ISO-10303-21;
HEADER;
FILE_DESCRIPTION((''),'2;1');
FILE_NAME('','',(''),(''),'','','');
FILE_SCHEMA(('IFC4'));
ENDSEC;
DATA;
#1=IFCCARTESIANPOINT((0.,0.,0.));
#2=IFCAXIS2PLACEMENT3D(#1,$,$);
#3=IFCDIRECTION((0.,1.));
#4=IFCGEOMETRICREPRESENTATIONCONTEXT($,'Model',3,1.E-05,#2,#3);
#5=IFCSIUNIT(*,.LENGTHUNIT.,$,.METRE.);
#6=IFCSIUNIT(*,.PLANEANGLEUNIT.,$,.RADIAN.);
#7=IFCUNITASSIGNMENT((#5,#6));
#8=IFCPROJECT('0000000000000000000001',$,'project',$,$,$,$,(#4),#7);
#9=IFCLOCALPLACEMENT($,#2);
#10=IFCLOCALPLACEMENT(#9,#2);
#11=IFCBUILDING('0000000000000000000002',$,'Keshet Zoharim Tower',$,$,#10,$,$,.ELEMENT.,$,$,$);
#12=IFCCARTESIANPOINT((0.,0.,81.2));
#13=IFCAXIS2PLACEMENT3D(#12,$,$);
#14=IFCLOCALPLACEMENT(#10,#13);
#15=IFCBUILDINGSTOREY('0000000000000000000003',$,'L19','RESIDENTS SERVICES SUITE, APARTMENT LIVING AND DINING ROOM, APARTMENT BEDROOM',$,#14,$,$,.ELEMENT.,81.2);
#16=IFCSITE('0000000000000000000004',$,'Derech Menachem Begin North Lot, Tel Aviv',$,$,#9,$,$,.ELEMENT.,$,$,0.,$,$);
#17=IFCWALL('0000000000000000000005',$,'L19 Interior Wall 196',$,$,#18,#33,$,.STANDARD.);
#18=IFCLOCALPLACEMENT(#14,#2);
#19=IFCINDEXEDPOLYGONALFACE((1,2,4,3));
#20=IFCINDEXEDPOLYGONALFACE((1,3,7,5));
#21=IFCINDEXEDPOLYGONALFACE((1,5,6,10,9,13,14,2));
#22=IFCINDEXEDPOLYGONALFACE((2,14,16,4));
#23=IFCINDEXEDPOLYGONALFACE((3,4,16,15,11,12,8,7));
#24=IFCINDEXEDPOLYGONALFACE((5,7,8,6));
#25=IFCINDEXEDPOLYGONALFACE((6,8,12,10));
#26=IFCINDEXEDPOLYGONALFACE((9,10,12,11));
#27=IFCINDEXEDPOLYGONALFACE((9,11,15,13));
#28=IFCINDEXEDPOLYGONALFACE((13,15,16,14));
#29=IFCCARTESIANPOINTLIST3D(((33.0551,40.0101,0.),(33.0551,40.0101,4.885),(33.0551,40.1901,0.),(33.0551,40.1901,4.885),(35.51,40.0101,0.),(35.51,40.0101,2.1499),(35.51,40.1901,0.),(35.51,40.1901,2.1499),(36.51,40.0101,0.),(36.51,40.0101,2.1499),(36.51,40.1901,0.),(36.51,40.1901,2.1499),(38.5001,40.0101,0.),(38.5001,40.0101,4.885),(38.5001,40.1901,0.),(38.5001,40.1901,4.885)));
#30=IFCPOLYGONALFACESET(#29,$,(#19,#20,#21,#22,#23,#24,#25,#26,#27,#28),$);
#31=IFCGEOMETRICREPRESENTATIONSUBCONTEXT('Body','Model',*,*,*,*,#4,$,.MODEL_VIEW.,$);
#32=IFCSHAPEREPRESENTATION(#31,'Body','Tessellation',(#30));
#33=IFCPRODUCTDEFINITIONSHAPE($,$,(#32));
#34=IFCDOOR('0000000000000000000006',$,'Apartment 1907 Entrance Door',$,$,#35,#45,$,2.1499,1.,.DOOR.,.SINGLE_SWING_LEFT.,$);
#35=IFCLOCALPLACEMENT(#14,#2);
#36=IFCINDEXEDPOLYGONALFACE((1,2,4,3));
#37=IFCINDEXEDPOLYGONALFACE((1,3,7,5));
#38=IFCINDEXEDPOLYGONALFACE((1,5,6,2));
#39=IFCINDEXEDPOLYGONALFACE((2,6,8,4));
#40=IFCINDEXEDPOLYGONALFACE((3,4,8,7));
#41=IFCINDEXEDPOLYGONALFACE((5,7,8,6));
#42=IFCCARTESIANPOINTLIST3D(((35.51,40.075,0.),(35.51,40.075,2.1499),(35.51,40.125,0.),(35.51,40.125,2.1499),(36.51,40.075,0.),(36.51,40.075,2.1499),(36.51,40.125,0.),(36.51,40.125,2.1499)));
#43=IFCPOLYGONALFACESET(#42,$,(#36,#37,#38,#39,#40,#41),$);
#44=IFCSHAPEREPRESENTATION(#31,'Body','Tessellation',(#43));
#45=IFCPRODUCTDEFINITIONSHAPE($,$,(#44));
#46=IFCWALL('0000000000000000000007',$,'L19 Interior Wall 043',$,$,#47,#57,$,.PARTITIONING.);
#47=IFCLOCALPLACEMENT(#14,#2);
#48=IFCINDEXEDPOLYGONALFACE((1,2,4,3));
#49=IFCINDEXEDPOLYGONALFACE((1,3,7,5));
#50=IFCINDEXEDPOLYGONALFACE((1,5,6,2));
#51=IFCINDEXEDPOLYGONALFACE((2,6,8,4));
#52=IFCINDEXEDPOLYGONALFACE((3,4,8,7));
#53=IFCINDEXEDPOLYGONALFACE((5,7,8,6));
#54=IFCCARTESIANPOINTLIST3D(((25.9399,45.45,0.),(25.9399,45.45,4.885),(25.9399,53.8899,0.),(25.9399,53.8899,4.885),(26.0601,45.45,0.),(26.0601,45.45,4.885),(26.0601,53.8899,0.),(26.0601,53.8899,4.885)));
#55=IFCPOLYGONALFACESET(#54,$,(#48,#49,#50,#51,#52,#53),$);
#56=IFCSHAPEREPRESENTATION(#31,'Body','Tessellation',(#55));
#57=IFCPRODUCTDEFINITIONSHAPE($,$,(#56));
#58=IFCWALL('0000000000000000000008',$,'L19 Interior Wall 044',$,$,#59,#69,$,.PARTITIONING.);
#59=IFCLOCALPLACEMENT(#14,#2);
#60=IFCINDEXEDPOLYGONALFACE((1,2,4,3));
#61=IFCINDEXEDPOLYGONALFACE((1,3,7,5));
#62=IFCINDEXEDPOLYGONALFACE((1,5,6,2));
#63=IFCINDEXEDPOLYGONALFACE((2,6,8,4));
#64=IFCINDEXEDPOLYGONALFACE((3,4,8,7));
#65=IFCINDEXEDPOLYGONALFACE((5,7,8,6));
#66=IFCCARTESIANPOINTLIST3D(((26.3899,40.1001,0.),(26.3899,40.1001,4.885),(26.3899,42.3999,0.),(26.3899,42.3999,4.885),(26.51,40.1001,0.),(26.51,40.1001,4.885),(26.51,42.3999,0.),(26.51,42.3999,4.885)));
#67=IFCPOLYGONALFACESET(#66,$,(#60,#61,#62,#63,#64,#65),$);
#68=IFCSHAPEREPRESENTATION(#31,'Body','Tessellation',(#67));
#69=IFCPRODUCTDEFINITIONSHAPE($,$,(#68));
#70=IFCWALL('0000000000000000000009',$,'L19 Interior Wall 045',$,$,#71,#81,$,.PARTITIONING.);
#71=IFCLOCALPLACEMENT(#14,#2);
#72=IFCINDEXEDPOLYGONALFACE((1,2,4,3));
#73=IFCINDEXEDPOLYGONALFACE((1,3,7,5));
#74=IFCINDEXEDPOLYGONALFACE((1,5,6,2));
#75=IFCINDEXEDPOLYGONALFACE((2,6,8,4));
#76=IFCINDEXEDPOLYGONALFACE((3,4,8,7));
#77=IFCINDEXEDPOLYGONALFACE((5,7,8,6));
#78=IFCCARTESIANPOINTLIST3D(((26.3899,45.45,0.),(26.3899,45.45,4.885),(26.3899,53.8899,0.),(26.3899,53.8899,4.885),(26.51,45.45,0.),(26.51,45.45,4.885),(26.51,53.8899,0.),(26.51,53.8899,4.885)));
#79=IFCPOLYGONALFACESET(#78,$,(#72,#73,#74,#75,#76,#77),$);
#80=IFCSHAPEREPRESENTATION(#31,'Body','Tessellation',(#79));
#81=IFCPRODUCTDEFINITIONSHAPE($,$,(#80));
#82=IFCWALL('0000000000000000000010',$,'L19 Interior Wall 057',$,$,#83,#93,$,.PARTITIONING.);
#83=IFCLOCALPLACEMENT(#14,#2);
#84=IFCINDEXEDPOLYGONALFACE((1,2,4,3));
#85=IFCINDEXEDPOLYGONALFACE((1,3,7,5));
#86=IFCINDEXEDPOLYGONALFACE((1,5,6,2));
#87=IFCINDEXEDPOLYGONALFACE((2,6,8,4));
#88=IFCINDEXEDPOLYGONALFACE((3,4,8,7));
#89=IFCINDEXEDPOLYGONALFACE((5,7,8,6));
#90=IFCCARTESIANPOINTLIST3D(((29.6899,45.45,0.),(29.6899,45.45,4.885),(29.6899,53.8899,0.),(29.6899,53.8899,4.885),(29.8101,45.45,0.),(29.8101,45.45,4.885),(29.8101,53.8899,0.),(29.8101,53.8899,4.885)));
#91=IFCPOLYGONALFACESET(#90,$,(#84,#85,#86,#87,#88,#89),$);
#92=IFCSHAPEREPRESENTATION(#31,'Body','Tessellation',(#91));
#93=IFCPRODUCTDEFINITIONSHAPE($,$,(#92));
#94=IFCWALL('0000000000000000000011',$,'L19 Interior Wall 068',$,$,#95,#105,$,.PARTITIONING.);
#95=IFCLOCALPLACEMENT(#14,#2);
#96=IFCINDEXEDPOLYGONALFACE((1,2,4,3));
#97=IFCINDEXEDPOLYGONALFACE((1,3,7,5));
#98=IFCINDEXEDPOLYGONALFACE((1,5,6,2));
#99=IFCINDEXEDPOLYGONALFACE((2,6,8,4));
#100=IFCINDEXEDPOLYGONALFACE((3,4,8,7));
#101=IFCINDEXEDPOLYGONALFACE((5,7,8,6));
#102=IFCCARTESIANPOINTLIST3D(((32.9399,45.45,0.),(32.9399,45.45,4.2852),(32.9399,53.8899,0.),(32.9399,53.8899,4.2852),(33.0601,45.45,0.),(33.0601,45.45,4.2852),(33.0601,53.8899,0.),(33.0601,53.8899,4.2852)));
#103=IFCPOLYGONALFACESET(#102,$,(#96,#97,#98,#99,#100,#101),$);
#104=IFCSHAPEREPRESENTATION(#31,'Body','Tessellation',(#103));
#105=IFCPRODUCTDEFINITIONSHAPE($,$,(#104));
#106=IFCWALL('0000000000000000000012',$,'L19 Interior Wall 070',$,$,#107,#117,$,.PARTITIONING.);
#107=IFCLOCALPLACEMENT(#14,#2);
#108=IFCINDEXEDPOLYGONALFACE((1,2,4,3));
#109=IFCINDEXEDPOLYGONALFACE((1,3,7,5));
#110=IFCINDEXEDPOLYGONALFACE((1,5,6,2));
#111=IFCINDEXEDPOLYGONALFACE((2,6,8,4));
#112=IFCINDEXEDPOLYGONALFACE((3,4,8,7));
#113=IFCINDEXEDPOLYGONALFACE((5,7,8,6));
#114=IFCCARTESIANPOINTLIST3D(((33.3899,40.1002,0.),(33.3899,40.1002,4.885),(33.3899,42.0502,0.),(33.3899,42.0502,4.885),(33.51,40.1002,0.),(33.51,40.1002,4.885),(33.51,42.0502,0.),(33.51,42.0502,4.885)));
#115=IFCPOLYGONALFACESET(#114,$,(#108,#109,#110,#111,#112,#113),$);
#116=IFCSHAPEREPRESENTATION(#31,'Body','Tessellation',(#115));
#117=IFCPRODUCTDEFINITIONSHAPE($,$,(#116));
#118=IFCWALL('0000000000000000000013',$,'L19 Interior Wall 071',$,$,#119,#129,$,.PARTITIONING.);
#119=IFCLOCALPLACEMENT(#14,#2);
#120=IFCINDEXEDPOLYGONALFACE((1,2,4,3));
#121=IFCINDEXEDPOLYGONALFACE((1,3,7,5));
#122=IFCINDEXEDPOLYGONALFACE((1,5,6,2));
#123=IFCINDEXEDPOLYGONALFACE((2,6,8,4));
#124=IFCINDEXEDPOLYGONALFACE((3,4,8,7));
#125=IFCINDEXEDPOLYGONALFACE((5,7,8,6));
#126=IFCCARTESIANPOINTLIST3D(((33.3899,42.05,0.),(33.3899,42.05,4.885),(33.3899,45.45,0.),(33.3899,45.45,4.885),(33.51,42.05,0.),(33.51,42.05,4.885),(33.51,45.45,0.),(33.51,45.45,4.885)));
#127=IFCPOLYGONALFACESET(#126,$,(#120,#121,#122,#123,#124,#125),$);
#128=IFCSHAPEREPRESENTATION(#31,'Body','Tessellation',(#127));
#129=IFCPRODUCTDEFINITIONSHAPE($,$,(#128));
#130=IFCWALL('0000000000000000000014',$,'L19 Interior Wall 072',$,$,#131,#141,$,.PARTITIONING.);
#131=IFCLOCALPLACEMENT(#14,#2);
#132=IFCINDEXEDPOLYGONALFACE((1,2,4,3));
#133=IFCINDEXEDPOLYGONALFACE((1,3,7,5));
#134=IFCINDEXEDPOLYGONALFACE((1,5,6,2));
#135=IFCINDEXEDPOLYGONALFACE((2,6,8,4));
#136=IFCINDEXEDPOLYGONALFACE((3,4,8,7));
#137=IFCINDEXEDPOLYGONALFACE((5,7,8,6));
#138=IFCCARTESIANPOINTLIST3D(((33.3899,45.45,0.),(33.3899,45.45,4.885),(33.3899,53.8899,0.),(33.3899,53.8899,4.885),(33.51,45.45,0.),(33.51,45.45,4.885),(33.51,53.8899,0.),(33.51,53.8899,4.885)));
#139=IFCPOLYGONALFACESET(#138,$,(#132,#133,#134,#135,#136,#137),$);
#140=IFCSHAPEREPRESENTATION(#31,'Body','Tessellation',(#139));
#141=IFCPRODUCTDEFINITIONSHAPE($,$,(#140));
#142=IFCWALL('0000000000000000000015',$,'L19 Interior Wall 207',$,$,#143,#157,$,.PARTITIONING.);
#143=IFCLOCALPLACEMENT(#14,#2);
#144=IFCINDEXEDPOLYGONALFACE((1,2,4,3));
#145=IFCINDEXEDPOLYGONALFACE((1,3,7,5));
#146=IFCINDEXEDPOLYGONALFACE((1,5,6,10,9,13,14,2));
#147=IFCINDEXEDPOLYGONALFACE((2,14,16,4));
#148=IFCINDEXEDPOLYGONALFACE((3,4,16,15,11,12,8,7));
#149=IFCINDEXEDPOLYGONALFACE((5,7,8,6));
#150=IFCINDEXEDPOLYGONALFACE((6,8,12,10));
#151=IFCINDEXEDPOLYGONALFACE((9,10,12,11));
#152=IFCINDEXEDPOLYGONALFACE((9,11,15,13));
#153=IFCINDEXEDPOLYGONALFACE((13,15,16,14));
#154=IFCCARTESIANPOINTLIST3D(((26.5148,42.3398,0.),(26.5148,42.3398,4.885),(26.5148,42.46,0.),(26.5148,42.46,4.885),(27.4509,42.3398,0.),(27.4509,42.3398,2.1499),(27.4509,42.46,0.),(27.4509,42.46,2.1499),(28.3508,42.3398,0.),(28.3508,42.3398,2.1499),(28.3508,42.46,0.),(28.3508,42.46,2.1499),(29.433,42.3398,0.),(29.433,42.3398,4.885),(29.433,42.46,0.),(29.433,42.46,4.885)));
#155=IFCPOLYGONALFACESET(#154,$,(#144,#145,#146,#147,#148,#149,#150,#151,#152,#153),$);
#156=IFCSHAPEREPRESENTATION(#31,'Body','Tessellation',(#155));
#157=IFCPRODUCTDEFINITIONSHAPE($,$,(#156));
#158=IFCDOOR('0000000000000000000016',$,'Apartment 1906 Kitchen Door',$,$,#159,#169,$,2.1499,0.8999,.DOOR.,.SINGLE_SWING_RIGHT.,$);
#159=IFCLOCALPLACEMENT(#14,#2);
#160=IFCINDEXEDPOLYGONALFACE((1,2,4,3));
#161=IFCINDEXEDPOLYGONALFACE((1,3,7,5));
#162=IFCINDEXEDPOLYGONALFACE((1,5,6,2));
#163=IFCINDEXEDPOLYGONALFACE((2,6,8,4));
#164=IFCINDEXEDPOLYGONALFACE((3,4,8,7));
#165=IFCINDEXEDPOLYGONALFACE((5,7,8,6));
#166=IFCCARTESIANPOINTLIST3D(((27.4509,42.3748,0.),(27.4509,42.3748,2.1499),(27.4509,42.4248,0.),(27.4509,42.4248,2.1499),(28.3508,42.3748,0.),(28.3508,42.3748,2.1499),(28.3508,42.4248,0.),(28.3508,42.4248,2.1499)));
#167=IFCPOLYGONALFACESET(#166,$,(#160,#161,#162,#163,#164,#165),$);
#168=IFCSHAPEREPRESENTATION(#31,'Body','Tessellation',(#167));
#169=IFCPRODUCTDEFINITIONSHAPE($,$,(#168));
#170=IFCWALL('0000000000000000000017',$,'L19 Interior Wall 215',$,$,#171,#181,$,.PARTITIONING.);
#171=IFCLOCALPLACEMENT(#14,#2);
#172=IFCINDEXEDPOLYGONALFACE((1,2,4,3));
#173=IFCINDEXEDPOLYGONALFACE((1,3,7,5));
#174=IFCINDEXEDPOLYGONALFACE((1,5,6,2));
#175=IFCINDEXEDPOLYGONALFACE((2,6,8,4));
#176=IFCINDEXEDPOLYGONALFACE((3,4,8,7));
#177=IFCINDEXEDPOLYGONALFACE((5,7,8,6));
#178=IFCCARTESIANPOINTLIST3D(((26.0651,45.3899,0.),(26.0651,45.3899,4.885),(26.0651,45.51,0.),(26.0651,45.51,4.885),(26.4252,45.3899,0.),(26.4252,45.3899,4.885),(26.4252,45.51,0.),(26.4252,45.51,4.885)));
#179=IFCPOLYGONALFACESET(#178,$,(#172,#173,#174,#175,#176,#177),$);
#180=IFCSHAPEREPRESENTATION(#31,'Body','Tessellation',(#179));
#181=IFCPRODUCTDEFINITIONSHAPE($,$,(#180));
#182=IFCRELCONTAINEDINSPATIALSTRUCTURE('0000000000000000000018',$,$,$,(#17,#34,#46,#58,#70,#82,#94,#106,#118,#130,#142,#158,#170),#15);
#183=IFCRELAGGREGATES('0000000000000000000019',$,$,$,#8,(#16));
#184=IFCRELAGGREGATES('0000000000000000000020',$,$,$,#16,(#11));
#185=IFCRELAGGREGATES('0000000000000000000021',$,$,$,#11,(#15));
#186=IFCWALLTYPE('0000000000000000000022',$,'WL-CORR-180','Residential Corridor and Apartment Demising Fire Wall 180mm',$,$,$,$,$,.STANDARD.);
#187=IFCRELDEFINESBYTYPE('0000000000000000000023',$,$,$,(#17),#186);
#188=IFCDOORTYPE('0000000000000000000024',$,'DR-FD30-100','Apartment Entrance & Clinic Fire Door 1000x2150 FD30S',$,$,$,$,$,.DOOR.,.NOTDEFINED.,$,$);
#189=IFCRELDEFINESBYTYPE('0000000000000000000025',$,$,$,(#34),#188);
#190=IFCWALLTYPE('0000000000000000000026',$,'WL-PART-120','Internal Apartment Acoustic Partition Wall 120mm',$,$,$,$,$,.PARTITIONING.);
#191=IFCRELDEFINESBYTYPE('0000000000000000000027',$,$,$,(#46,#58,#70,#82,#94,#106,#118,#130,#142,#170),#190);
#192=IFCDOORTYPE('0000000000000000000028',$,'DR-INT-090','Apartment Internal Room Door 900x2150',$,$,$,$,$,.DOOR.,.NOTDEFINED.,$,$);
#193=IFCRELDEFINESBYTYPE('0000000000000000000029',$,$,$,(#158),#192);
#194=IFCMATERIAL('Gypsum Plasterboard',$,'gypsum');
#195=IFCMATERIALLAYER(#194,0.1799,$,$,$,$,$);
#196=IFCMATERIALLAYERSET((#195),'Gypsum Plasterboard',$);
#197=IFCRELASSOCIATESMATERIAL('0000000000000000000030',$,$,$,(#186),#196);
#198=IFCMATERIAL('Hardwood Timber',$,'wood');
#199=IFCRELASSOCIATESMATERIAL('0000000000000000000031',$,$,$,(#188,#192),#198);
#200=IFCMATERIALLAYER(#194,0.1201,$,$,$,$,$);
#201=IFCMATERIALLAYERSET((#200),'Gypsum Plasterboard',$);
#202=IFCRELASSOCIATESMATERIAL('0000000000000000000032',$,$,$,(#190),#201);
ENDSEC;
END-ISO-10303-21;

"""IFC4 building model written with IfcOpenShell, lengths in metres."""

from ifc_helpers import new_model, si_unit, direction, frame, frame_2d, origin, place, context, subcontext, project, spatial, rectangle, extrude, material, layer, layer_set, type_object, element, fill, save


model = new_model("IFC4")

# Units and contexts
model_context = context("Model", 3, precision=1e-05, world=origin(), true_north=direction((0.0, 1.0)))
body_context = subcontext(model_context, "Body", "Model", "MODEL_VIEW")
ifc_project = project(units=[si_unit("LENGTHUNIT", "METRE"), si_unit("PLANEANGLEUNIT", "RADIAN")], contexts=[model_context])

# Site, building, storey
site_placement = place(None, origin())
site = spatial("IfcSite", under=ifc_project, at=site_placement, Name="Derech Menachem Begin North Lot, Tel Aviv", CompositionType="ELEMENT", RefElevation=0.0)
building_placement = place(site_placement, origin())
building = spatial("IfcBuilding", under=site, at=building_placement, Name="Keshet Zoharim Tower", CompositionType="ELEMENT")
storey_placement = place(building_placement, frame((0.0, 0.0, 81.2)))
storey = spatial("IfcBuildingStorey", under=building, at=storey_placement, Name="L19", Description="RESIDENTS SERVICES SUITE, APARTMENT LIVING AND DINING ROOM, APARTMENT BEDROOM", CompositionType="ELEMENT", Elevation=81.2)

# Shared definitions
ifc_material_1 = material(Name="Gypsum Plasterboard", Category="gypsum")
ifc_layer_1 = layer(ifc_material_1, 0.1799)
ifc_layer_set_1 = layer_set([ifc_layer_1], Name="Gypsum Plasterboard")
wall_type_1 = type_object("IfcWallType", Name="WL-CORR-180", Description="Residential Corridor and Apartment Demising Fire Wall 180mm", PredefinedType="STANDARD", material=ifc_layer_set_1)

# Wall, opening, door
wall_1_placement = place(storey_placement, frame((33.0549, 40.1001, 0.0), z_axis=(0.0, 0.0, 1.0), x_axis=(1.0, 0.0, 0.0)))
wall_1 = element("IfcWall", 1, at=wall_1_placement, inside=storey, type_object=wall_type_1, Name="L19 Interior Wall 196", PredefinedType="STANDARD", context=body_context, shape_type="SweptSolid", body=[
    extrude(rectangle(XDim=5.4451, YDim=0.1799, at=frame_2d((2.7227, 0.0))), origin(), (0.0, 0.0, 1.0), 4.885),
])
opening_1_placement = place(wall_1_placement, frame((2.4551, 0.0, 0.0)))
opening_1 = element("IfcOpeningElement", 2, at=opening_1_placement, cuts=wall_1, PredefinedType="OPENING", context=body_context, shape_type="SweptSolid", body=[
    extrude(rectangle(XDim=1.0, YDim=2.1499, at=frame_2d((0.5, 1.075))), frame((0.0, 0.1001, 0.0), z_axis=(0.0, -1.0, 0.0), x_axis=(1.0, 0.0, 0.0)), (0.0, 0.0, 1.0), 0.2),
])
ifc_material_2 = material(Name="Hardwood Timber", Category="wood")
door_type_1 = type_object("IfcDoorType", Name="DR-FD30-100", Description="Apartment Entrance & Clinic Fire Door 1000x2150 FD30S", OperationType="NOTDEFINED", PredefinedType="DOOR", material=ifc_material_2)
door_1_placement = place(opening_1_placement, origin())
door_1 = element("IfcDoor", 3, at=door_1_placement, inside=storey, type_object=door_type_1, Name="Apartment 1907 Entrance Door", OperationType="SINGLE_SWING_LEFT", OverallHeight=2.1499, OverallWidth=1.0, PredefinedType="DOOR", context=body_context, shape_type="SweptSolid", body=[
    extrude(rectangle(XDim=1.0, YDim=2.1499, at=frame_2d((0.5, 1.075))), frame((0.0, 0.0249, 0.0), z_axis=(0.0, -1.0, 0.0), x_axis=(1.0, 0.0, 0.0)), (0.0, 0.0, 1.0), 0.05),
])
fill(opening_1, door_1)

# Walls
ifc_layer_2 = layer(ifc_material_1, 0.1201)
ifc_layer_set_2 = layer_set([ifc_layer_2], Name="Gypsum Plasterboard")
wall_type_2 = type_object("IfcWallType", Name="WL-PART-120", Description="Internal Apartment Acoustic Partition Wall 120mm", PredefinedType="PARTITIONING", material=ifc_layer_set_2)
wall_2_placement = place(storey_placement, frame((26.0, 45.45, 0.0), z_axis=(0.0, 0.0, 1.0), x_axis=(0.0, 1.0, 0.0)))
element("IfcWall", 4, at=wall_2_placement, inside=storey, type_object=wall_type_2, Name="L19 Interior Wall 043", PredefinedType="PARTITIONING", context=body_context, shape_type="SweptSolid", body=[
    extrude(rectangle(XDim=8.4399, YDim=0.1201, at=frame_2d((4.22, 0.0))), origin(), (0.0, 0.0, 1.0), 4.885),
])
wall_3_placement = place(storey_placement, frame((26.45, 40.1001, 0.0), z_axis=(0.0, 0.0, 1.0), x_axis=(0.0, 1.0, 0.0)))
element("IfcWall", 5, at=wall_3_placement, inside=storey, type_object=wall_type_2, Name="L19 Interior Wall 044", PredefinedType="PARTITIONING", context=body_context, shape_type="SweptSolid", body=[
    extrude(rectangle(XDim=2.2998, YDim=0.1201, at=frame_2d((1.1499, 0.0))), origin(), (0.0, 0.0, 1.0), 4.885),
])
for number, where, z_axis, x_axis, name in (
    (6, (26.45, 45.45, 0.0), (0.0, 0.0, 1.0), (0.0, 1.0, 0.0), "L19 Interior Wall 045"),
    (7, (29.75, 45.45, 0.0), (0.0, 0.0, 1.0), (0.0, 1.0, 0.0), "L19 Interior Wall 057"),
):
    element("IfcWall", number, at=place(storey_placement, frame(where, z_axis=z_axis, x_axis=x_axis)), inside=storey, type_object=wall_type_2, Name=name, PredefinedType="PARTITIONING", context=body_context, shape_type="SweptSolid", body=[
        extrude(rectangle(XDim=8.4399, YDim=0.1201, at=frame_2d((4.22, 0.0))), origin(), (0.0, 0.0, 1.0), 4.885),
    ])
wall_4_placement = place(storey_placement, frame((33.0, 45.45, 0.0), z_axis=(0.0, 0.0, 1.0), x_axis=(0.0, 1.0, 0.0)))
element("IfcWall", 8, at=wall_4_placement, inside=storey, type_object=wall_type_2, Name="L19 Interior Wall 068", PredefinedType="PARTITIONING", context=body_context, shape_type="SweptSolid", body=[
    extrude(rectangle(XDim=8.4399, YDim=0.1201, at=frame_2d((4.22, 0.0))), origin(), (0.0, 0.0, 1.0), 4.2852),
])
wall_5_placement = place(storey_placement, frame((33.45, 40.1001, 0.0), z_axis=(0.0, 0.0, 1.0), x_axis=(0.0, 1.0, 0.0)))
element("IfcWall", 9, at=wall_5_placement, inside=storey, type_object=wall_type_2, Name="L19 Interior Wall 070", PredefinedType="PARTITIONING", context=body_context, shape_type="SweptSolid", body=[
    extrude(rectangle(XDim=1.95, YDim=0.1201, at=frame_2d((0.9751, 0.0))), origin(), (0.0, 0.0, 1.0), 4.885),
])
wall_6_placement = place(storey_placement, frame((33.45, 42.05, 0.0), z_axis=(0.0, 0.0, 1.0), x_axis=(0.0, 1.0, 0.0)))
element("IfcWall", 10, at=wall_6_placement, inside=storey, type_object=wall_type_2, Name="L19 Interior Wall 071", PredefinedType="PARTITIONING", context=body_context, shape_type="SweptSolid", body=[
    extrude(rectangle(XDim=3.3999, YDim=0.1201, at=frame_2d((1.7, 0.0))), origin(), (0.0, 0.0, 1.0), 4.885),
])
wall_7_placement = place(storey_placement, frame((33.45, 45.45, 0.0), z_axis=(0.0, 0.0, 1.0), x_axis=(0.0, 1.0, 0.0)))
element("IfcWall", 11, at=wall_7_placement, inside=storey, type_object=wall_type_2, Name="L19 Interior Wall 072", PredefinedType="PARTITIONING", context=body_context, shape_type="SweptSolid", body=[
    extrude(rectangle(XDim=8.4399, YDim=0.1201, at=frame_2d((4.22, 0.0))), origin(), (0.0, 0.0, 1.0), 4.885),
])

# Wall, opening, door
door_type_2 = type_object("IfcDoorType", Name="DR-INT-090", Description="Apartment Internal Room Door 900x2150", OperationType="NOTDEFINED", PredefinedType="DOOR", material=ifc_material_2)
wall_8_placement = place(storey_placement, frame((26.5149, 42.3999, 0.0), z_axis=(0.0, 0.0, 1.0), x_axis=(1.0, 0.0, 0.0)))
wall_8 = element("IfcWall", 12, at=wall_8_placement, inside=storey, type_object=wall_type_2, Name="L19 Interior Wall 207", PredefinedType="PARTITIONING", context=body_context, shape_type="SweptSolid", body=[
    extrude(rectangle(XDim=2.9182, YDim=0.1201, at=frame_2d((1.459, 0.0))), origin(), (0.0, 0.0, 1.0), 4.885),
])
opening_2_placement = place(wall_8_placement, frame((0.936, 0.0, 0.0)))
opening_2 = element("IfcOpeningElement", 13, at=opening_2_placement, cuts=wall_8, PredefinedType="OPENING", context=body_context, shape_type="SweptSolid", body=[
    extrude(rectangle(XDim=0.8999, YDim=2.1499, at=frame_2d((0.45, 1.075))), frame((0.0, 0.0701, 0.0), z_axis=(0.0, -1.0, 0.0), x_axis=(1.0, 0.0, 0.0)), (0.0, 0.0, 1.0), 0.1401),
])
door_2_placement = place(opening_2_placement, origin())
door_2 = element("IfcDoor", 14, at=door_2_placement, inside=storey, type_object=door_type_2, Name="Apartment 1906 Kitchen Door", OperationType="SINGLE_SWING_RIGHT", OverallHeight=2.1499, OverallWidth=0.8999, PredefinedType="DOOR", context=body_context, shape_type="SweptSolid", body=[
    extrude(rectangle(XDim=0.8999, YDim=2.1499, at=frame_2d((0.45, 1.075))), frame((0.0, 0.0249, 0.0), z_axis=(0.0, -1.0, 0.0), x_axis=(1.0, 0.0, 0.0)), (0.0, 0.0, 1.0), 0.05),
])
fill(opening_2, door_2)

# Wall
wall_9_placement = place(storey_placement, frame((26.0649, 45.45, 0.0), z_axis=(0.0, 0.0, 1.0), x_axis=(1.0, 0.0, 0.0)))
element("IfcWall", 15, at=wall_9_placement, inside=storey, type_object=wall_type_2, Name="L19 Interior Wall 215", PredefinedType="PARTITIONING", context=body_context, shape_type="SweptSolid", body=[
    extrude(rectangle(XDim=0.3601, YDim=0.1201, at=frame_2d((0.1802, 0.0))), origin(), (0.0, 0.0, 1.0), 4.885),
])

save(model, "model.ifc")
